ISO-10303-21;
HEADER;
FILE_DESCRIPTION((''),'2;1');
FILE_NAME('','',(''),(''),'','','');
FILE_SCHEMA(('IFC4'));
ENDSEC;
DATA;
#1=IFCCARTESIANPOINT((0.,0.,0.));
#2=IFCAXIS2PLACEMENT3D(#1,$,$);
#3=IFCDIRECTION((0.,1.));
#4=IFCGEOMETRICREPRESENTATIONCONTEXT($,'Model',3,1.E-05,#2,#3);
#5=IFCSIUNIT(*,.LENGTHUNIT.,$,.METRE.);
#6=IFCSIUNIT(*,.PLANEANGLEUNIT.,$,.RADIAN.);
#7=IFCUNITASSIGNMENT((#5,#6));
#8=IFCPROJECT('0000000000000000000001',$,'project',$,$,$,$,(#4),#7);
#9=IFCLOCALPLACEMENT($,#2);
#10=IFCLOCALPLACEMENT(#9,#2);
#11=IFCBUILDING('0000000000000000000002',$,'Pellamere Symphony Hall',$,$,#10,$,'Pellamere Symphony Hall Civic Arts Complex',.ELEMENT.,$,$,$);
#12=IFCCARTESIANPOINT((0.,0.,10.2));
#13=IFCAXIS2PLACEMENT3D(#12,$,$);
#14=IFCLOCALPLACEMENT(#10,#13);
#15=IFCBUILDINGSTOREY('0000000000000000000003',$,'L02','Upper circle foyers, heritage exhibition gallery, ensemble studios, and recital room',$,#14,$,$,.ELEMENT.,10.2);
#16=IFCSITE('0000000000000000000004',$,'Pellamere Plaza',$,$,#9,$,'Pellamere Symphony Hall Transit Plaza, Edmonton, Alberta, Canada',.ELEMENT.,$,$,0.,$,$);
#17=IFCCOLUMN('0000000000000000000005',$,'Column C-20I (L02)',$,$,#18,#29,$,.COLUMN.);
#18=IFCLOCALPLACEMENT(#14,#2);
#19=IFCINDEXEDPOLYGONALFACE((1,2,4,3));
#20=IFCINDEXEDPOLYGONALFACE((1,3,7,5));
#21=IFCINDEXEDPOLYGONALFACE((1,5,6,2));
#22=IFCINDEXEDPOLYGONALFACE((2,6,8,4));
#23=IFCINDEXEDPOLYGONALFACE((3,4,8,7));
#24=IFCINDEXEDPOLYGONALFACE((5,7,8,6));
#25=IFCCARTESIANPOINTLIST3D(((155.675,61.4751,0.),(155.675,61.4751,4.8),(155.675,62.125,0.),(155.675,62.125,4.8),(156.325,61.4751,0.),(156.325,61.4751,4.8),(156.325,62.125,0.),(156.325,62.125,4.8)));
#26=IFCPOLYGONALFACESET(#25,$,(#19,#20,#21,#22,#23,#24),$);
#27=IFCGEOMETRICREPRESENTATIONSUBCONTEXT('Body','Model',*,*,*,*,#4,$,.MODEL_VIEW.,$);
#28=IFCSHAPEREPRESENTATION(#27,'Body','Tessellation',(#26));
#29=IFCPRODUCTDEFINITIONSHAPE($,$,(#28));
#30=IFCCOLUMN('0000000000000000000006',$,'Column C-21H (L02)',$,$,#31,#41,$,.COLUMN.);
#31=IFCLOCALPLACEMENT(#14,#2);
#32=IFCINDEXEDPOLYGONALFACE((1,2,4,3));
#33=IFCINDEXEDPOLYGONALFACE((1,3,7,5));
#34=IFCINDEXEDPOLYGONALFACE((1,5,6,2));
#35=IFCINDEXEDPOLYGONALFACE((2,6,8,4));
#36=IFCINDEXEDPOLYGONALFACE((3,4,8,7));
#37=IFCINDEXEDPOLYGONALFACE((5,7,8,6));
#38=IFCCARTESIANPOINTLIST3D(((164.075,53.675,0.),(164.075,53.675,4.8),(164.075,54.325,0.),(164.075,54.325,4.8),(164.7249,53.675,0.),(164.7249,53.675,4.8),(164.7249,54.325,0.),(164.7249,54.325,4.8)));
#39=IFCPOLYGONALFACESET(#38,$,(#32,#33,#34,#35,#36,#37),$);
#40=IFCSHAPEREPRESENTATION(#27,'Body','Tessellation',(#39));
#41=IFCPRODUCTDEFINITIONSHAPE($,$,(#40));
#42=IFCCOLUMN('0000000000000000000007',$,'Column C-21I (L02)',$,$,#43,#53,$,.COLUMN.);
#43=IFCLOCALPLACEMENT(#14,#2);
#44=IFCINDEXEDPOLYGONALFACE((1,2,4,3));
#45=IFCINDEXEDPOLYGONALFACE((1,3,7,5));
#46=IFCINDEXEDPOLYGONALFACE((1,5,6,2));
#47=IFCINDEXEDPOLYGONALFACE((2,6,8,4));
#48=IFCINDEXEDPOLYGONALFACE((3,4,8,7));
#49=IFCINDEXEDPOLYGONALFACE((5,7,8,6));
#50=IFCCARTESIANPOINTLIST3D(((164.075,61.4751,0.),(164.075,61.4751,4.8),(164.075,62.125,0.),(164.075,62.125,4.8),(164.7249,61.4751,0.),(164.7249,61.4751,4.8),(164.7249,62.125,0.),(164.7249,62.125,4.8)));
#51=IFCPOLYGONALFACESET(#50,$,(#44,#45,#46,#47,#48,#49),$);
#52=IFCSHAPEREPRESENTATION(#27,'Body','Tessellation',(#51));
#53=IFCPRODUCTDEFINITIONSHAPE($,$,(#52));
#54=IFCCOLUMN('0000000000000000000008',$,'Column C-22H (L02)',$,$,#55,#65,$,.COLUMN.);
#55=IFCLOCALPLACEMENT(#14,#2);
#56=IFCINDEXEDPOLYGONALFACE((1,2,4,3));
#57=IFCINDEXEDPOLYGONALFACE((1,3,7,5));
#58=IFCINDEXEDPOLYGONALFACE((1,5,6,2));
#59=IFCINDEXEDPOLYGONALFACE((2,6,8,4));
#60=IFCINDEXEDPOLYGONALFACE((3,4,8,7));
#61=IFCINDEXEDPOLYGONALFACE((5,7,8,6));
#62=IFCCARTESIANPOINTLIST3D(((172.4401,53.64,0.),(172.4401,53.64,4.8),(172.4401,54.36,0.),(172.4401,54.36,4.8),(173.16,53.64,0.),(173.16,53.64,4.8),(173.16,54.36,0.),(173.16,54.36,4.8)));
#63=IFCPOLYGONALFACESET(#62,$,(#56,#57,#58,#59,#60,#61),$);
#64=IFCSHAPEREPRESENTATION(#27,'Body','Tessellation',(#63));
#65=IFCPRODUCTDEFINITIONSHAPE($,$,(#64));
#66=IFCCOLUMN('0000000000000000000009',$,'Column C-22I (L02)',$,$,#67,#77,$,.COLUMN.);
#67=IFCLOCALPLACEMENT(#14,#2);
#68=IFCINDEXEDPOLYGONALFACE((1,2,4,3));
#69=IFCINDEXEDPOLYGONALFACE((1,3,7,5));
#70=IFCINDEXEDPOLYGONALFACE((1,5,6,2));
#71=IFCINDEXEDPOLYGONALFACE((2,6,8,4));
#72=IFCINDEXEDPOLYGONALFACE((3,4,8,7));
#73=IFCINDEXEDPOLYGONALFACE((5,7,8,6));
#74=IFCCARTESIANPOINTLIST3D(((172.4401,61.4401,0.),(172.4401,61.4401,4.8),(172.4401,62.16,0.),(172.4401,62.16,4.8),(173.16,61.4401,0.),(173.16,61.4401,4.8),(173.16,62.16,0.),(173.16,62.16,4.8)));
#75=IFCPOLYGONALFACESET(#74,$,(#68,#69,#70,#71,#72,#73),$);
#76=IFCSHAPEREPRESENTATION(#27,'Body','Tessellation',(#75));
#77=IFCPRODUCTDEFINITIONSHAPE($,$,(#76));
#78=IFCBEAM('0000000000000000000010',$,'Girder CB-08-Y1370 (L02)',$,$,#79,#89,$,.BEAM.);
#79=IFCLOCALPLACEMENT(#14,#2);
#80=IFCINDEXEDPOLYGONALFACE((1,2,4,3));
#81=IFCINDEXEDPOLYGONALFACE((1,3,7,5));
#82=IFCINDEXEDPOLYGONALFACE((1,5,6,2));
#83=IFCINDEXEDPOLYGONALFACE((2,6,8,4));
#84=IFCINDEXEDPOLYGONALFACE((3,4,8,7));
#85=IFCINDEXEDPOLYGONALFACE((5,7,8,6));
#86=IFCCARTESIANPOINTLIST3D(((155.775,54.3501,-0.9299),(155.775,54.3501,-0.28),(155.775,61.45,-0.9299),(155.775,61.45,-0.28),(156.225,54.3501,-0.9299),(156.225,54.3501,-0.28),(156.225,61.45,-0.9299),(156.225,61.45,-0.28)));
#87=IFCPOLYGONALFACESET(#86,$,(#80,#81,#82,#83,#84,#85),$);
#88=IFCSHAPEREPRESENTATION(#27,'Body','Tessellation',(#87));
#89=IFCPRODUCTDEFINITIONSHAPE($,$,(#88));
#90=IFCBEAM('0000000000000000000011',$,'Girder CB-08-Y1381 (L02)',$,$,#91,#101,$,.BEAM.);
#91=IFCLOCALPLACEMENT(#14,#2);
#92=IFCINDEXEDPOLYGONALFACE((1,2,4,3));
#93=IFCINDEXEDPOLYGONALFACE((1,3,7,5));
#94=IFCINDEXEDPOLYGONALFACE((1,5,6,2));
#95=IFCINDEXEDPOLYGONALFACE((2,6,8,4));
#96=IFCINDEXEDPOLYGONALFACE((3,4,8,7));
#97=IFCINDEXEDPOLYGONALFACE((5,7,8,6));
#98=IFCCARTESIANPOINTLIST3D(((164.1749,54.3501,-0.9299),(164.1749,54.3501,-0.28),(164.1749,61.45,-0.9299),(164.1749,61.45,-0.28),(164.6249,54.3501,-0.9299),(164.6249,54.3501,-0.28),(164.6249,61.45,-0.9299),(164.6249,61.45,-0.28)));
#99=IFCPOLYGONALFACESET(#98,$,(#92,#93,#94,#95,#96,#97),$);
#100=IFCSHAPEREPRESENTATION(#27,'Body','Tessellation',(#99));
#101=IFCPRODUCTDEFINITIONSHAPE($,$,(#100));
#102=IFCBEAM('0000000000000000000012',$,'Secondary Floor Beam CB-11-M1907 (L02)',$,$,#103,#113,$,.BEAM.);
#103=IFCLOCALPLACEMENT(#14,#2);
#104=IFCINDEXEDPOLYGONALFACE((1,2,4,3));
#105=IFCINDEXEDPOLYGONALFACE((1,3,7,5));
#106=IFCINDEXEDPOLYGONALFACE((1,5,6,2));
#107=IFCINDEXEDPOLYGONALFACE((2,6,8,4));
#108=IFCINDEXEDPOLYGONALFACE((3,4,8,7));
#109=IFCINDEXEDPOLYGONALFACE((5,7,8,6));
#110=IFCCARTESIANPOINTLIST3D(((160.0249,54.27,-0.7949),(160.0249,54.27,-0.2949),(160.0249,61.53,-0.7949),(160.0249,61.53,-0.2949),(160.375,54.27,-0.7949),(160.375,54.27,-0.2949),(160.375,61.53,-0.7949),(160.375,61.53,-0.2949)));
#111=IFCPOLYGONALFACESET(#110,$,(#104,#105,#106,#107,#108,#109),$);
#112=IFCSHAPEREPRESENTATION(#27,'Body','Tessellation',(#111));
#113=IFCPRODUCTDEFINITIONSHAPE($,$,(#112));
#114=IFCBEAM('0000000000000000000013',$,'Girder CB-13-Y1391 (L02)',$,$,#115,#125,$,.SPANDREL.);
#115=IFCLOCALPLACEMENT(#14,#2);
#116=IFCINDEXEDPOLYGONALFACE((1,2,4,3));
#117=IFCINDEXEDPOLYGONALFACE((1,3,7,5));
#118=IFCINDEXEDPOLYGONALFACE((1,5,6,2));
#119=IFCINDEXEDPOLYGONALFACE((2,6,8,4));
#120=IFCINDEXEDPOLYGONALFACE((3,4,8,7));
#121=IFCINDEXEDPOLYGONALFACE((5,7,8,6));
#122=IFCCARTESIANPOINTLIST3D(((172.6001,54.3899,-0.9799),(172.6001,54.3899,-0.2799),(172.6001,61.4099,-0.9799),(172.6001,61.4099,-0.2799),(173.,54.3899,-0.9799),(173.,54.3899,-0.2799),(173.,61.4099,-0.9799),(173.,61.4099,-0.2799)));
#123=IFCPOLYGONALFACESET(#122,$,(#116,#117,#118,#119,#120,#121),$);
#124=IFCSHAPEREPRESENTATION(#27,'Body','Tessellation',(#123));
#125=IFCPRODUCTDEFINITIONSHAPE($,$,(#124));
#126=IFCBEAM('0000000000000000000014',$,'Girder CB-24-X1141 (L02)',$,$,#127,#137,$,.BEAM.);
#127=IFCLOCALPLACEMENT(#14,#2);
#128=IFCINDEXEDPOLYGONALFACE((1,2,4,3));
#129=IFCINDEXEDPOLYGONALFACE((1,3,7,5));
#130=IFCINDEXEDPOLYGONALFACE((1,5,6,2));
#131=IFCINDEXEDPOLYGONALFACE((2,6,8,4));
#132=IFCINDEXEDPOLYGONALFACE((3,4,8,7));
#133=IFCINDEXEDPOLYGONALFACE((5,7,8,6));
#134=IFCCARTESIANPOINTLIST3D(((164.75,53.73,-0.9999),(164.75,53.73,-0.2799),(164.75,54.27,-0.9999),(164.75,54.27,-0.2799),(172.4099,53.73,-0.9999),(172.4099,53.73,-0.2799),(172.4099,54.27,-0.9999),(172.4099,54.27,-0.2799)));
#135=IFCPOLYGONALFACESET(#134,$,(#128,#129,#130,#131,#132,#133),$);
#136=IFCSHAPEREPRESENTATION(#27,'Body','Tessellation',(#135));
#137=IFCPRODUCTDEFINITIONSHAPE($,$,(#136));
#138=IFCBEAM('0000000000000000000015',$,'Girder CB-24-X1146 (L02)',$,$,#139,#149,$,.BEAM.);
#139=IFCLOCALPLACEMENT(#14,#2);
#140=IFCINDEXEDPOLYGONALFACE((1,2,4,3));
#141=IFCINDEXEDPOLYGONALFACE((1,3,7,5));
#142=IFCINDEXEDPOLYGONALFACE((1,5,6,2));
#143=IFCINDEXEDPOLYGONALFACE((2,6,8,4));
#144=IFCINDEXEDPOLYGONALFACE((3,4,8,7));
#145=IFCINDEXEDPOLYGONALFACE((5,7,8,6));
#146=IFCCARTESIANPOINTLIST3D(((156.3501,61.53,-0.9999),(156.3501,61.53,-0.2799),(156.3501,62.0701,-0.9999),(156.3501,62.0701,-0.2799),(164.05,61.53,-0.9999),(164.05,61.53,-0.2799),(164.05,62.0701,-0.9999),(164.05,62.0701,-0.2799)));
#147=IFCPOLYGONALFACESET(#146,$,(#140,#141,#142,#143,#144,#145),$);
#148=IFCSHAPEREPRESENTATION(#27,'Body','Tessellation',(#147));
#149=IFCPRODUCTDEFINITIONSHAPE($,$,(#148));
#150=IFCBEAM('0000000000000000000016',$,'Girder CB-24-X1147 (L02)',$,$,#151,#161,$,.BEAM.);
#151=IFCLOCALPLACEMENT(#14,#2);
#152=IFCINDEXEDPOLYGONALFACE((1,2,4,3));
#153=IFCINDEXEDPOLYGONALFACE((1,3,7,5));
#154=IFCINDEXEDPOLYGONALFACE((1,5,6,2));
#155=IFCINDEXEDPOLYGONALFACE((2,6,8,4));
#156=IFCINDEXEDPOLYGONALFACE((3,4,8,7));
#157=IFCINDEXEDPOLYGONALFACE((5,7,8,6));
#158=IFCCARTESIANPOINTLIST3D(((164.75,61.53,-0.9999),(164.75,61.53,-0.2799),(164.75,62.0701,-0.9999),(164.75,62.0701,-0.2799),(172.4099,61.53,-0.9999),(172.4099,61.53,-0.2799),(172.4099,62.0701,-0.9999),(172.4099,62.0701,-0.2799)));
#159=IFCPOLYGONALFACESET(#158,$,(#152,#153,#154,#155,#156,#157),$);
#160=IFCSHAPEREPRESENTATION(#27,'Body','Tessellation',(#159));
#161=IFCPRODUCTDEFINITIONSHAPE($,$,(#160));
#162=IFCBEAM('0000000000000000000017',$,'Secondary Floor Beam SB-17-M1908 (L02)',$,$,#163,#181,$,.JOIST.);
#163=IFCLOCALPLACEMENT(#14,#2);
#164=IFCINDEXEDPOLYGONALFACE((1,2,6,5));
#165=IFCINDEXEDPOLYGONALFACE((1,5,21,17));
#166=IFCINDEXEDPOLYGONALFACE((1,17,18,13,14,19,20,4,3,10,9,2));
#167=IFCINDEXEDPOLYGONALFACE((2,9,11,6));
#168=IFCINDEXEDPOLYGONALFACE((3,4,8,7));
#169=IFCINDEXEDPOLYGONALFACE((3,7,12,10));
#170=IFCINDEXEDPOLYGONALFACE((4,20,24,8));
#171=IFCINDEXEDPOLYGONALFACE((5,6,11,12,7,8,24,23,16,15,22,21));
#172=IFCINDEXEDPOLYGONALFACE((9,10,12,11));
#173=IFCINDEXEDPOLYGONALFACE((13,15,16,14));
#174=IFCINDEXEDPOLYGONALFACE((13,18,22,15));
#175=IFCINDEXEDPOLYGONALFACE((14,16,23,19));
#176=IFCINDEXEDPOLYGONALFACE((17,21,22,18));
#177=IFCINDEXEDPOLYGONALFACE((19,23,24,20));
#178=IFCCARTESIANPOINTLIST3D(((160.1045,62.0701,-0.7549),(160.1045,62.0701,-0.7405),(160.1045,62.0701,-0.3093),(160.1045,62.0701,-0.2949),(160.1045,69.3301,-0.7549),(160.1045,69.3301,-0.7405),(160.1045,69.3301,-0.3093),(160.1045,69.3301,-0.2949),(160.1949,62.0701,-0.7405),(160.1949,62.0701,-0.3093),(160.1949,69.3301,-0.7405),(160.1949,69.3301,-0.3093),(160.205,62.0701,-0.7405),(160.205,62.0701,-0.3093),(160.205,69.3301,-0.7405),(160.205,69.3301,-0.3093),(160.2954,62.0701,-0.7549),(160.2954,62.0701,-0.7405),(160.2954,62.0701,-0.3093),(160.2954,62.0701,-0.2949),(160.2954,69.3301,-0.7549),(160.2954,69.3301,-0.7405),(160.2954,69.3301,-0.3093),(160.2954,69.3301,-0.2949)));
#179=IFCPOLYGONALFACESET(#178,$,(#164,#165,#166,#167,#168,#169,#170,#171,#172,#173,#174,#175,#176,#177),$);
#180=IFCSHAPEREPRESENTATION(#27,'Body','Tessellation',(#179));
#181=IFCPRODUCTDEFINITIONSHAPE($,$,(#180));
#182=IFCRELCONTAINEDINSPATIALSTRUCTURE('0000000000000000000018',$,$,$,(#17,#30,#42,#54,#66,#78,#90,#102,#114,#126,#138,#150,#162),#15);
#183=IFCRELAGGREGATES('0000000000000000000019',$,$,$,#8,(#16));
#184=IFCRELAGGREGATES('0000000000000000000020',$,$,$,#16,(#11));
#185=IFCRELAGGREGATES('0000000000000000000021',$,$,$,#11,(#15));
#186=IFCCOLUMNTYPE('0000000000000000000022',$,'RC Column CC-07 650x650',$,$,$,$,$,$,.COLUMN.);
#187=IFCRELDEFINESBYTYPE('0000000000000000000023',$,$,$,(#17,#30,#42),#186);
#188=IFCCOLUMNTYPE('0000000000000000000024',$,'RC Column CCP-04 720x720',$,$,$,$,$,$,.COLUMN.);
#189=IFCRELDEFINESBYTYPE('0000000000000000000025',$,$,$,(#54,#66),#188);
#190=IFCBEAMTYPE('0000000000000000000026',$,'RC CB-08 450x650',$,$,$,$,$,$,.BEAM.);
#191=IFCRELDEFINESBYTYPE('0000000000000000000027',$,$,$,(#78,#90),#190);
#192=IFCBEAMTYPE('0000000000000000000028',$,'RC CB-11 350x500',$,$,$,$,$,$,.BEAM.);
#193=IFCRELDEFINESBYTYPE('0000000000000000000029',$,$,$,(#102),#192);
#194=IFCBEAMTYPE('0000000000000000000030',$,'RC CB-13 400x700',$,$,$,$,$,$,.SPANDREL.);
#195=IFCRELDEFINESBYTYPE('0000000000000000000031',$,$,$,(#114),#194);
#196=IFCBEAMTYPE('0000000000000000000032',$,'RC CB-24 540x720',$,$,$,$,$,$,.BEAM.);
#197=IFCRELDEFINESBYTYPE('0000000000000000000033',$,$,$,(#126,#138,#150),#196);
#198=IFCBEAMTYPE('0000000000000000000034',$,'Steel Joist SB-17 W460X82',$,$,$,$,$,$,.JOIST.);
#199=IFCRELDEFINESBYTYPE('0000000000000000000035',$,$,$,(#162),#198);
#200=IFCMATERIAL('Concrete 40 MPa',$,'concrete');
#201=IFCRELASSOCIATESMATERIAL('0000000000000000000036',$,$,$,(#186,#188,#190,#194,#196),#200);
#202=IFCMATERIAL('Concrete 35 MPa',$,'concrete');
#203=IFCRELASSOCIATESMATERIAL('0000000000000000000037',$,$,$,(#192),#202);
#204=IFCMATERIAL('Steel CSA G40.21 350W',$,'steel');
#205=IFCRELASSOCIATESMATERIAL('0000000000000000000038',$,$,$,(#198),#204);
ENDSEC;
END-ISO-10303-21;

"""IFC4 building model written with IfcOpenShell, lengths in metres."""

from ifc_helpers import new_model, si_unit, direction, frame, origin, origin_2d, place, context, subcontext, project, spatial, rectangle, i_section, extrude, material, material_profile, profile_set, type_object, element, save


model = new_model("IFC4")

# Units and contexts
model_context = context("Model", 3, precision=1e-05, world=origin(), true_north=direction((0.0, 1.0)))
body_context = subcontext(model_context, "Body", "Model", "MODEL_VIEW")
ifc_project = project(units=[si_unit("LENGTHUNIT", "METRE"), si_unit("PLANEANGLEUNIT", "RADIAN")], contexts=[model_context])

# Site, building, storey
site_placement = place(None, origin())
site = spatial("IfcSite", under=ifc_project, at=site_placement, Name="Pellamere Plaza", LongName="Pellamere Symphony Hall Transit Plaza, Edmonton, Alberta, Canada", CompositionType="ELEMENT", RefElevation=0.0)
building_placement = place(site_placement, origin())
building = spatial("IfcBuilding", under=site, at=building_placement, Name="Pellamere Symphony Hall", LongName="Pellamere Symphony Hall Civic Arts Complex", CompositionType="ELEMENT")
storey_placement = place(building_placement, frame((0.0, 0.0, 10.2)))
storey = spatial("IfcBuildingStorey", under=building, at=storey_placement, Name="L02", Description="Upper circle foyers, heritage exhibition gallery, ensemble studios, and recital room", CompositionType="ELEMENT", Elevation=10.2)

# Columns
ifc_material_1 = material(Name="Concrete 40 MPa", Category="concrete")
ifc_material_profile_1 = material_profile(ifc_material_1, rectangle(XDim=0.6499, YDim=0.6499, at=origin_2d()), Name="RC 650x650")
ifc_profile_set_1 = profile_set([ifc_material_profile_1], Name="Concrete 40 MPa")
column_type_1 = type_object("IfcColumnType", Name="RC Column CC-07 650x650", PredefinedType="COLUMN", material=ifc_profile_set_1)
for number, where, z_axis, x_axis, name in (
    (1, (156.0, 61.8, 0.0), (0.0, 0.0, 1.0), (1.0, 0.0, 0.0), "Column C-20I (L02)"),
    (2, (164.3999, 54.0, 0.0), (0.0, 0.0, 1.0), (1.0, 0.0, 0.0), "Column C-21H (L02)"),
    (3, (164.3999, 61.8, 0.0), (0.0, 0.0, 1.0), (1.0, 0.0, 0.0), "Column C-21I (L02)"),
):
    element("IfcColumn", number, at=place(storey_placement, frame(where, z_axis=z_axis, x_axis=x_axis)), inside=storey, type_object=column_type_1, Name=name, PredefinedType="COLUMN", context=body_context, shape_type="SweptSolid", body=[
        extrude(rectangle(XDim=0.6499, YDim=0.6499, at=origin_2d()), origin(), (0.0, 0.0, 1.0), 4.8),
    ])
ifc_material_profile_2 = material_profile(ifc_material_1, rectangle(XDim=0.72, YDim=0.72, at=origin_2d()), Name="RC 720x720")
ifc_profile_set_2 = profile_set([ifc_material_profile_2], Name="Concrete 40 MPa")
column_type_2 = type_object("IfcColumnType", Name="RC Column CCP-04 720x720", PredefinedType="COLUMN", material=ifc_profile_set_2)
for number, where, z_axis, x_axis, name in (
    (4, (172.8, 54.0, 0.0), (0.0, 0.0, 1.0), (1.0, 0.0, 0.0), "Column C-22H (L02)"),
    (5, (172.8, 61.8, 0.0), (0.0, 0.0, 1.0), (1.0, 0.0, 0.0), "Column C-22I (L02)"),
):
    element("IfcColumn", number, at=place(storey_placement, frame(where, z_axis=z_axis, x_axis=x_axis)), inside=storey, type_object=column_type_2, Name=name, PredefinedType="COLUMN", context=body_context, shape_type="SweptSolid", body=[
        extrude(rectangle(XDim=0.72, YDim=0.72, at=origin_2d()), origin(), (0.0, 0.0, 1.0), 4.8),
    ])

# Beams
ifc_material_profile_3 = material_profile(ifc_material_1, rectangle(XDim=0.45, YDim=0.6499, at=origin_2d()), Name="RC 450x650")
ifc_profile_set_3 = profile_set([ifc_material_profile_3], Name="Concrete 40 MPa")
beam_type_1 = type_object("IfcBeamType", Name="RC CB-08 450x650", PredefinedType="BEAM", material=ifc_profile_set_3)
for number, where, z_axis, x_axis, name in (
    (6, (156.0, 54.3501, -0.605), (0.0, 1.0, 0.0), (-1.0, 0.0, 0.0), "Girder CB-08-Y1370 (L02)"),
    (7, (164.3999, 54.3501, -0.605), (0.0, 1.0, 0.0), (-1.0, 0.0, 0.0), "Girder CB-08-Y1381 (L02)"),
):
    element("IfcBeam", number, at=place(storey_placement, frame(where, z_axis=z_axis, x_axis=x_axis)), inside=storey, type_object=beam_type_1, Name=name, PredefinedType="BEAM", context=body_context, shape_type="SweptSolid", body=[
        extrude(rectangle(XDim=0.45, YDim=0.6499, at=origin_2d()), origin(), (0.0, 0.0, 1.0), 7.0999),
    ])
ifc_material_2 = material(Name="Concrete 35 MPa", Category="concrete")
ifc_material_profile_4 = material_profile(ifc_material_2, rectangle(XDim=0.3501, YDim=0.5, at=origin_2d()), Name="RC 350x500")
ifc_profile_set_4 = profile_set([ifc_material_profile_4], Name="Concrete 35 MPa")
beam_type_2 = type_object("IfcBeamType", Name="RC CB-11 350x500", PredefinedType="BEAM", material=ifc_profile_set_4)
beam_1_placement = place(storey_placement, frame((160.2, 54.27, -0.5449), z_axis=(0.0, 1.0, 0.0), x_axis=(-1.0, 0.0, 0.0)))
element("IfcBeam", 8, at=beam_1_placement, inside=storey, type_object=beam_type_2, Name="Secondary Floor Beam CB-11-M1907 (L02)", PredefinedType="BEAM", context=body_context, shape_type="SweptSolid", body=[
    extrude(rectangle(XDim=0.3501, YDim=0.5, at=origin_2d()), origin(), (0.0, 0.0, 1.0), 7.26),
])
ifc_material_profile_5 = material_profile(ifc_material_1, rectangle(XDim=0.3999, YDim=0.7, at=origin_2d()), Name="RC 400x700")
ifc_profile_set_5 = profile_set([ifc_material_profile_5], Name="Concrete 40 MPa")
beam_type_3 = type_object("IfcBeamType", Name="RC CB-13 400x700", PredefinedType="SPANDREL", material=ifc_profile_set_5)
beam_2_placement = place(storey_placement, frame((172.8, 54.3899, -0.6299), z_axis=(0.0, 1.0, 0.0), x_axis=(-1.0, 0.0, 0.0)))
element("IfcBeam", 9, at=beam_2_placement, inside=storey, type_object=beam_type_3, Name="Girder CB-13-Y1391 (L02)", PredefinedType="SPANDREL", context=body_context, shape_type="SweptSolid", body=[
    extrude(rectangle(XDim=0.3999, YDim=0.7, at=origin_2d()), origin(), (0.0, 0.0, 1.0), 7.02),
])
ifc_material_profile_6 = material_profile(ifc_material_1, rectangle(XDim=0.54, YDim=0.72, at=origin_2d()), Name="RC 540x720")
ifc_profile_set_6 = profile_set([ifc_material_profile_6], Name="Concrete 40 MPa")
beam_type_4 = type_object("IfcBeamType", Name="RC CB-24 540x720", PredefinedType="BEAM", material=ifc_profile_set_6)
beam_3_placement = place(storey_placement, frame((164.75, 54.0, -0.6399), z_axis=(1.0, 0.0, 0.0), x_axis=(0.0, 1.0, 0.0)))
element("IfcBeam", 10, at=beam_3_placement, inside=storey, type_object=beam_type_4, Name="Girder CB-24-X1141 (L02)", PredefinedType="BEAM", context=body_context, shape_type="SweptSolid", body=[
    extrude(rectangle(XDim=0.54, YDim=0.72, at=origin_2d()), origin(), (0.0, 0.0, 1.0), 7.6599),
])
beam_4_placement = place(storey_placement, frame((156.3501, 61.8, -0.6399), z_axis=(1.0, 0.0, 0.0), x_axis=(0.0, 1.0, 0.0)))
element("IfcBeam", 11, at=beam_4_placement, inside=storey, type_object=beam_type_4, Name="Girder CB-24-X1146 (L02)", PredefinedType="BEAM", context=body_context, shape_type="SweptSolid", body=[
    extrude(rectangle(XDim=0.54, YDim=0.72, at=origin_2d()), origin(), (0.0, 0.0, 1.0), 7.7),
])
beam_5_placement = place(storey_placement, frame((164.75, 61.8, -0.6399), z_axis=(1.0, 0.0, 0.0), x_axis=(0.0, 1.0, 0.0)))
element("IfcBeam", 12, at=beam_5_placement, inside=storey, type_object=beam_type_4, Name="Girder CB-24-X1147 (L02)", PredefinedType="BEAM", context=body_context, shape_type="SweptSolid", body=[
    extrude(rectangle(XDim=0.54, YDim=0.72, at=origin_2d()), origin(), (0.0, 0.0, 1.0), 7.6599),
])
ifc_material_3 = material(Name="Steel CSA G40.21 350W", Category="steel")
ifc_material_profile_7 = material_profile(ifc_material_3, i_section(OverallWidth=0.1909, OverallDepth=0.46, WebThickness=0.01, FlangeThickness=0.0144, at=origin_2d()), Name="W460X82")
ifc_profile_set_7 = profile_set([ifc_material_profile_7], Name="Steel CSA G40.21 350W")
beam_type_5 = type_object("IfcBeamType", Name="Steel Joist SB-17 W460X82", PredefinedType="JOIST", material=ifc_profile_set_7)
for number, where, z_axis, x_axis, name in (
    (13, (160.2, 62.0701, -0.5249), (0.0, 1.0, 0.0), (-1.0, 0.0, 0.0), "Secondary Floor Beam SB-17-M1908 (L02)"),
):
    element("IfcBeam", number, at=place(storey_placement, frame(where, z_axis=z_axis, x_axis=x_axis)), inside=storey, type_object=beam_type_5, Name=name, PredefinedType="JOIST", context=body_context, shape_type="SweptSolid", body=[
        extrude(i_section(OverallWidth=0.1909, OverallDepth=0.46, WebThickness=0.01, FlangeThickness=0.0144, at=origin_2d()), origin(), (0.0, 0.0, 1.0), 7.26),
    ])

save(model, "model.ifc")
